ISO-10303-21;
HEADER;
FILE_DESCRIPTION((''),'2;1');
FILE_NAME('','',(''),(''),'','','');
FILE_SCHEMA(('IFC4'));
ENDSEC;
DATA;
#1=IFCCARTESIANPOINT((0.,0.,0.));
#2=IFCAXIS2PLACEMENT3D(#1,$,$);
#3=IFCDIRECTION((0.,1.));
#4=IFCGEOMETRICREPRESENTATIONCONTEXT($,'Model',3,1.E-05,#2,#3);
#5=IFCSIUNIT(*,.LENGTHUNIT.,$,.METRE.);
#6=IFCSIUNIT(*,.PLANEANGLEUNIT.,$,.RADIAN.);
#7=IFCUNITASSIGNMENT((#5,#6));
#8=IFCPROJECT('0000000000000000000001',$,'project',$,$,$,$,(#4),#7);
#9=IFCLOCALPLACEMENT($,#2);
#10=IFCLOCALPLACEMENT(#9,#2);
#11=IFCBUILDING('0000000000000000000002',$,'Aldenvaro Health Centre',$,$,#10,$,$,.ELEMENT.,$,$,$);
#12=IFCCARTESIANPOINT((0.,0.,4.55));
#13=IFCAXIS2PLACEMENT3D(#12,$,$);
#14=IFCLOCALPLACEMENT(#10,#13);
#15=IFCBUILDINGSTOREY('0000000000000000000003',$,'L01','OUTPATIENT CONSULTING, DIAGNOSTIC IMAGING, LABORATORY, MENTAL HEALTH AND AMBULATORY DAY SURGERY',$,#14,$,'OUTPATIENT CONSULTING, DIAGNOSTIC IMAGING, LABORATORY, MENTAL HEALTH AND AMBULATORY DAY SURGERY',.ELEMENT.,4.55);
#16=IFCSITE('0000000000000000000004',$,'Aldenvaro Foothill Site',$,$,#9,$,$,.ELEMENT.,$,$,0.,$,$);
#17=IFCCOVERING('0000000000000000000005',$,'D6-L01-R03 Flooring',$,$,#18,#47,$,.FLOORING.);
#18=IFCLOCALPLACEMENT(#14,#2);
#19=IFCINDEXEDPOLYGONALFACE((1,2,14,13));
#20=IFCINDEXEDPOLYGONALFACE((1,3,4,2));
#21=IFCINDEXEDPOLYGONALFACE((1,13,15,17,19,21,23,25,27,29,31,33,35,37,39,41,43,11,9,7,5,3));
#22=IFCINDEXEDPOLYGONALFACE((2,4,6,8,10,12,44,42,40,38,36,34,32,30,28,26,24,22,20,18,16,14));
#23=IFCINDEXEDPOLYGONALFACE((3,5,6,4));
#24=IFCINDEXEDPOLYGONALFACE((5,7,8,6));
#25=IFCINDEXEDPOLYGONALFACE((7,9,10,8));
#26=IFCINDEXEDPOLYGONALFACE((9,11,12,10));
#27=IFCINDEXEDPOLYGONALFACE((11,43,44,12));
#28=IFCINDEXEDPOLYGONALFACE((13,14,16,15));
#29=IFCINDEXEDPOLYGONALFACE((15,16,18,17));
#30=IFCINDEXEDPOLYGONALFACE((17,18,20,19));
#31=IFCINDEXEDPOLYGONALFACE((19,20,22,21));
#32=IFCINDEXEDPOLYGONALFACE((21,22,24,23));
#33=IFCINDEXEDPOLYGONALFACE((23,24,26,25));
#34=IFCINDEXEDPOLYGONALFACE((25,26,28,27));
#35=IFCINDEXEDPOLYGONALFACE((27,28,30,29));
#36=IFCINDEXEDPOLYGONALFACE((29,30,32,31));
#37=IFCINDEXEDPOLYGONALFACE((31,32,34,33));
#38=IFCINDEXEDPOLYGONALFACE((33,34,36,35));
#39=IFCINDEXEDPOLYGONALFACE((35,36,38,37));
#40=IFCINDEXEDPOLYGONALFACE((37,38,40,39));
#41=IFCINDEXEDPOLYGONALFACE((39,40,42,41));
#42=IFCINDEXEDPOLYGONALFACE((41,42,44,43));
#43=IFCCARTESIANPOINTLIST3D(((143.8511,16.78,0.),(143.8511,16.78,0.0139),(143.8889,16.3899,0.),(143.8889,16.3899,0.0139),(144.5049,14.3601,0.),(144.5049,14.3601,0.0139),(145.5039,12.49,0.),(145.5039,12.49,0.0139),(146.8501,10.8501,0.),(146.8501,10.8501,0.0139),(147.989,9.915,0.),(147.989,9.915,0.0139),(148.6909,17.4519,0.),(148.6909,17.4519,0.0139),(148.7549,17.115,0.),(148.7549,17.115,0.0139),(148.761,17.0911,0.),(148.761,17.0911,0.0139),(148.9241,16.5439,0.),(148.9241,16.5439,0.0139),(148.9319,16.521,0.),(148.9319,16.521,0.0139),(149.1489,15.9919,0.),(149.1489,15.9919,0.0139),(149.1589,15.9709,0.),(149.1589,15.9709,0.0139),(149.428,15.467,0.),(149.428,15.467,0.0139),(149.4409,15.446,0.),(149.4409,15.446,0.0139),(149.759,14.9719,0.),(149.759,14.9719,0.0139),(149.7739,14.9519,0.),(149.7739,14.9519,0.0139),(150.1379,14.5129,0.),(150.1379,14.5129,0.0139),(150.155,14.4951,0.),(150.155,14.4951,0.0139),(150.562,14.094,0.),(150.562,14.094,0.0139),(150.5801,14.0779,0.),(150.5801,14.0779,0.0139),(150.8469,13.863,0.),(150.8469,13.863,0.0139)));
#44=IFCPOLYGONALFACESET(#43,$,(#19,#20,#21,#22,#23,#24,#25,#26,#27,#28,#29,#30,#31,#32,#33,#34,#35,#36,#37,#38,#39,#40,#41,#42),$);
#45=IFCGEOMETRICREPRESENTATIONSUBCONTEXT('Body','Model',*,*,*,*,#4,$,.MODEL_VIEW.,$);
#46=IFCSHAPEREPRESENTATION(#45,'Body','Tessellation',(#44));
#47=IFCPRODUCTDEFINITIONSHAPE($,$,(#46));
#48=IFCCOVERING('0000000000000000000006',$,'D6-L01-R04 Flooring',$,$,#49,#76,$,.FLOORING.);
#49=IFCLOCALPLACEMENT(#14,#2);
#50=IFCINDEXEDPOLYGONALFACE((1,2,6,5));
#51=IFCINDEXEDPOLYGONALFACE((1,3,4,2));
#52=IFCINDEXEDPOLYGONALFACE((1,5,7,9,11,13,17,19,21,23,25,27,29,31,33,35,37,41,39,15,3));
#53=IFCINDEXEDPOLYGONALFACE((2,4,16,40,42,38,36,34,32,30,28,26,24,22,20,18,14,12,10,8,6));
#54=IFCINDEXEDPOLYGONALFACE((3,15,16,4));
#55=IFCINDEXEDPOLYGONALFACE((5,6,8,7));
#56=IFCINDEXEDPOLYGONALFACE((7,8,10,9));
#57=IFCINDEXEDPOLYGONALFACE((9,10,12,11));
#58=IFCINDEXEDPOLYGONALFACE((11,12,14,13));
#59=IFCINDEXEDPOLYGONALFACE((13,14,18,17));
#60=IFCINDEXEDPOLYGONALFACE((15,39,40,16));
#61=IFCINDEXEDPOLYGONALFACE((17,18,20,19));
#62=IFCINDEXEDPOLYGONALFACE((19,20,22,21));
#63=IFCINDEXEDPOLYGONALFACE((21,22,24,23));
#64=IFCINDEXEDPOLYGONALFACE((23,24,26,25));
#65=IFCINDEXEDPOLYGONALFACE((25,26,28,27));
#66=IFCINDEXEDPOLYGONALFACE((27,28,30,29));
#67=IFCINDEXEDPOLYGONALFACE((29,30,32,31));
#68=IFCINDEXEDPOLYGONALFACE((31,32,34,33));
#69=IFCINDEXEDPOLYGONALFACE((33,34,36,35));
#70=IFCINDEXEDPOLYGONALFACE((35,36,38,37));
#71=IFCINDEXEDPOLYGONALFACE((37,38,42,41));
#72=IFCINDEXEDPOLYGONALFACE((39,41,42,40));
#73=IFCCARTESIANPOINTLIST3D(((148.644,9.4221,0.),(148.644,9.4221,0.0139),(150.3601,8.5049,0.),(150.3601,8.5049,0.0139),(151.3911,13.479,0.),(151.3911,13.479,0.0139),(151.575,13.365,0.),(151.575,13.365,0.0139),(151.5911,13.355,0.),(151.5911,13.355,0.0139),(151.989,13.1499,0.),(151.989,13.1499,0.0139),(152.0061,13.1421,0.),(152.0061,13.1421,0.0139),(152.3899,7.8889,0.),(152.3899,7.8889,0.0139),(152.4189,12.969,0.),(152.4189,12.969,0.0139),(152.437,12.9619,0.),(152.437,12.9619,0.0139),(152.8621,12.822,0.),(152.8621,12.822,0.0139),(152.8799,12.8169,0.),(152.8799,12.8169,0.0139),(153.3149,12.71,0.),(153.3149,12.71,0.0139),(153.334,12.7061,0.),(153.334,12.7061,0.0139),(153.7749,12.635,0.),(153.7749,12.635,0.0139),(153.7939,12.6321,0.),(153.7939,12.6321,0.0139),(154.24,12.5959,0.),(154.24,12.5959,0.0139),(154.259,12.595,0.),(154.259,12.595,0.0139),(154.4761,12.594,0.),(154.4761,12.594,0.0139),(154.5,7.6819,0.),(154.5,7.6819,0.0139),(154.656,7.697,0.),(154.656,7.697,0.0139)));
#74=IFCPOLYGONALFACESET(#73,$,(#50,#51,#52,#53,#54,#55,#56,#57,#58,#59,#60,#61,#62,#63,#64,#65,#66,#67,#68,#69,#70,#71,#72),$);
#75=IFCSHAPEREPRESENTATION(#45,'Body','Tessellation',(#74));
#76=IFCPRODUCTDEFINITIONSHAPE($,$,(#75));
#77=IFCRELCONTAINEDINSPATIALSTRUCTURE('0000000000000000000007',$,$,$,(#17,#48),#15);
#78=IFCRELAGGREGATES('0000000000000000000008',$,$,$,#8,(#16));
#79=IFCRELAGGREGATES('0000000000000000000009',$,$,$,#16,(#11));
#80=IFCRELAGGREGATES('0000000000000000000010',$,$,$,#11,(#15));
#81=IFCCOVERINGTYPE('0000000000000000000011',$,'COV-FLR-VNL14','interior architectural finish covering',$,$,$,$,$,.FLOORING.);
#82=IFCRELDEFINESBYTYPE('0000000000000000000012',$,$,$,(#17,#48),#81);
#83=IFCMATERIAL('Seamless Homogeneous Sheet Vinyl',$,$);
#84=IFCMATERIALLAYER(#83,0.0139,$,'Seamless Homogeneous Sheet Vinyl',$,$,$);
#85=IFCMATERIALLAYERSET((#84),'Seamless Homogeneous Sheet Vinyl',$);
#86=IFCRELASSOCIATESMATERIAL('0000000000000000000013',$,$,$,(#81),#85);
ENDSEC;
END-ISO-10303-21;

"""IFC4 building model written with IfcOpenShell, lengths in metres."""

from ifc_helpers import new_model, si_unit, direction, frame, origin, place, context, subcontext, project, spatial, polyline, outline, extrude, material, layer, layer_set, type_object, element, save


model = new_model("IFC4")

# Units and contexts
model_context = context("Model", 3, precision=1e-05, world=origin(), true_north=direction((0.0, 1.0)))
body_context = subcontext(model_context, "Body", "Model", "MODEL_VIEW")
ifc_project = project(units=[si_unit("LENGTHUNIT", "METRE"), si_unit("PLANEANGLEUNIT", "RADIAN")], contexts=[model_context])

# Site, building, storey
site_placement = place(None, origin())
site = spatial("IfcSite", under=ifc_project, at=site_placement, Name="Aldenvaro Foothill Site", CompositionType="ELEMENT", RefElevation=0.0)
building_placement = place(site_placement, origin())
building = spatial("IfcBuilding", under=site, at=building_placement, Name="Aldenvaro Health Centre", CompositionType="ELEMENT")
storey_placement = place(building_placement, frame((0.0, 0.0, 4.55)))
storey = spatial("IfcBuildingStorey", under=building, at=storey_placement, Name="L01", Description="OUTPATIENT CONSULTING, DIAGNOSTIC IMAGING, LABORATORY, MENTAL HEALTH AND AMBULATORY DAY SURGERY", LongName="OUTPATIENT CONSULTING, DIAGNOSTIC IMAGING, LABORATORY, MENTAL HEALTH AND AMBULATORY DAY SURGERY", CompositionType="ELEMENT", Elevation=4.55)

# Coverings
ifc_material_1 = material(Name="Seamless Homogeneous Sheet Vinyl")
ifc_layer_1 = layer(ifc_material_1, 0.0139, Name="Seamless Homogeneous Sheet Vinyl")
ifc_layer_set_1 = layer_set([ifc_layer_1], Name="Seamless Homogeneous Sheet Vinyl")
covering_type_1 = type_object("IfcCoveringType", Name="COV-FLR-VNL14", Description="interior architectural finish covering", PredefinedType="FLOORING", material=ifc_layer_set_1)
covering_1_placement = place(storey_placement, origin())
element("IfcCovering", 1, at=covering_1_placement, inside=storey, type_object=covering_type_1, Name="D6-L01-R03 Flooring", PredefinedType="FLOORING", context=body_context, shape_type="SweptSolid", body=[
    extrude(outline(polyline([(148.7549, 17.115), (148.761, 17.0911), (148.9241, 16.5439), (148.9319, 16.521), (149.1489, 15.9919), (149.1589, 15.9709), (149.428, 15.467), (149.4409, 15.446), (149.759, 14.9719), (149.7739, 14.9519), (150.1379, 14.5129), (150.155, 14.4951), (150.562, 14.094), (150.5801, 14.0779), (150.8469, 13.863), (147.989, 9.915), (146.8501, 10.8501), (145.5039, 12.49), (144.5049, 14.3601), (143.8889, 16.3899), (143.8511, 16.78), (148.6909, 17.4519), (148.7549, 17.115)])), origin(), (0.0, 0.0, 1.0), 0.0139),
])
covering_2_placement = place(storey_placement, origin())
element("IfcCovering", 2, at=covering_2_placement, inside=storey, type_object=covering_type_1, Name="D6-L01-R04 Flooring", PredefinedType="FLOORING", context=body_context, shape_type="SweptSolid", body=[
    extrude(outline(polyline([(148.644, 9.4221), (151.3911, 13.479), (151.575, 13.365), (151.5911, 13.355), (151.989, 13.1499), (152.0061, 13.1421), (152.4189, 12.969), (152.437, 12.9619), (152.8621, 12.822), (152.8799, 12.8169), (153.3149, 12.71), (153.334, 12.7061), (153.7749, 12.635), (153.7939, 12.6321), (154.24, 12.5959), (154.259, 12.595), (154.4761, 12.594), (154.656, 7.697), (154.5, 7.6819), (152.3899, 7.8889), (150.3601, 8.5049), (148.644, 9.4221)])), origin(), (0.0, 0.0, 1.0), 0.0139),
])

save(model, "model.ifc")
